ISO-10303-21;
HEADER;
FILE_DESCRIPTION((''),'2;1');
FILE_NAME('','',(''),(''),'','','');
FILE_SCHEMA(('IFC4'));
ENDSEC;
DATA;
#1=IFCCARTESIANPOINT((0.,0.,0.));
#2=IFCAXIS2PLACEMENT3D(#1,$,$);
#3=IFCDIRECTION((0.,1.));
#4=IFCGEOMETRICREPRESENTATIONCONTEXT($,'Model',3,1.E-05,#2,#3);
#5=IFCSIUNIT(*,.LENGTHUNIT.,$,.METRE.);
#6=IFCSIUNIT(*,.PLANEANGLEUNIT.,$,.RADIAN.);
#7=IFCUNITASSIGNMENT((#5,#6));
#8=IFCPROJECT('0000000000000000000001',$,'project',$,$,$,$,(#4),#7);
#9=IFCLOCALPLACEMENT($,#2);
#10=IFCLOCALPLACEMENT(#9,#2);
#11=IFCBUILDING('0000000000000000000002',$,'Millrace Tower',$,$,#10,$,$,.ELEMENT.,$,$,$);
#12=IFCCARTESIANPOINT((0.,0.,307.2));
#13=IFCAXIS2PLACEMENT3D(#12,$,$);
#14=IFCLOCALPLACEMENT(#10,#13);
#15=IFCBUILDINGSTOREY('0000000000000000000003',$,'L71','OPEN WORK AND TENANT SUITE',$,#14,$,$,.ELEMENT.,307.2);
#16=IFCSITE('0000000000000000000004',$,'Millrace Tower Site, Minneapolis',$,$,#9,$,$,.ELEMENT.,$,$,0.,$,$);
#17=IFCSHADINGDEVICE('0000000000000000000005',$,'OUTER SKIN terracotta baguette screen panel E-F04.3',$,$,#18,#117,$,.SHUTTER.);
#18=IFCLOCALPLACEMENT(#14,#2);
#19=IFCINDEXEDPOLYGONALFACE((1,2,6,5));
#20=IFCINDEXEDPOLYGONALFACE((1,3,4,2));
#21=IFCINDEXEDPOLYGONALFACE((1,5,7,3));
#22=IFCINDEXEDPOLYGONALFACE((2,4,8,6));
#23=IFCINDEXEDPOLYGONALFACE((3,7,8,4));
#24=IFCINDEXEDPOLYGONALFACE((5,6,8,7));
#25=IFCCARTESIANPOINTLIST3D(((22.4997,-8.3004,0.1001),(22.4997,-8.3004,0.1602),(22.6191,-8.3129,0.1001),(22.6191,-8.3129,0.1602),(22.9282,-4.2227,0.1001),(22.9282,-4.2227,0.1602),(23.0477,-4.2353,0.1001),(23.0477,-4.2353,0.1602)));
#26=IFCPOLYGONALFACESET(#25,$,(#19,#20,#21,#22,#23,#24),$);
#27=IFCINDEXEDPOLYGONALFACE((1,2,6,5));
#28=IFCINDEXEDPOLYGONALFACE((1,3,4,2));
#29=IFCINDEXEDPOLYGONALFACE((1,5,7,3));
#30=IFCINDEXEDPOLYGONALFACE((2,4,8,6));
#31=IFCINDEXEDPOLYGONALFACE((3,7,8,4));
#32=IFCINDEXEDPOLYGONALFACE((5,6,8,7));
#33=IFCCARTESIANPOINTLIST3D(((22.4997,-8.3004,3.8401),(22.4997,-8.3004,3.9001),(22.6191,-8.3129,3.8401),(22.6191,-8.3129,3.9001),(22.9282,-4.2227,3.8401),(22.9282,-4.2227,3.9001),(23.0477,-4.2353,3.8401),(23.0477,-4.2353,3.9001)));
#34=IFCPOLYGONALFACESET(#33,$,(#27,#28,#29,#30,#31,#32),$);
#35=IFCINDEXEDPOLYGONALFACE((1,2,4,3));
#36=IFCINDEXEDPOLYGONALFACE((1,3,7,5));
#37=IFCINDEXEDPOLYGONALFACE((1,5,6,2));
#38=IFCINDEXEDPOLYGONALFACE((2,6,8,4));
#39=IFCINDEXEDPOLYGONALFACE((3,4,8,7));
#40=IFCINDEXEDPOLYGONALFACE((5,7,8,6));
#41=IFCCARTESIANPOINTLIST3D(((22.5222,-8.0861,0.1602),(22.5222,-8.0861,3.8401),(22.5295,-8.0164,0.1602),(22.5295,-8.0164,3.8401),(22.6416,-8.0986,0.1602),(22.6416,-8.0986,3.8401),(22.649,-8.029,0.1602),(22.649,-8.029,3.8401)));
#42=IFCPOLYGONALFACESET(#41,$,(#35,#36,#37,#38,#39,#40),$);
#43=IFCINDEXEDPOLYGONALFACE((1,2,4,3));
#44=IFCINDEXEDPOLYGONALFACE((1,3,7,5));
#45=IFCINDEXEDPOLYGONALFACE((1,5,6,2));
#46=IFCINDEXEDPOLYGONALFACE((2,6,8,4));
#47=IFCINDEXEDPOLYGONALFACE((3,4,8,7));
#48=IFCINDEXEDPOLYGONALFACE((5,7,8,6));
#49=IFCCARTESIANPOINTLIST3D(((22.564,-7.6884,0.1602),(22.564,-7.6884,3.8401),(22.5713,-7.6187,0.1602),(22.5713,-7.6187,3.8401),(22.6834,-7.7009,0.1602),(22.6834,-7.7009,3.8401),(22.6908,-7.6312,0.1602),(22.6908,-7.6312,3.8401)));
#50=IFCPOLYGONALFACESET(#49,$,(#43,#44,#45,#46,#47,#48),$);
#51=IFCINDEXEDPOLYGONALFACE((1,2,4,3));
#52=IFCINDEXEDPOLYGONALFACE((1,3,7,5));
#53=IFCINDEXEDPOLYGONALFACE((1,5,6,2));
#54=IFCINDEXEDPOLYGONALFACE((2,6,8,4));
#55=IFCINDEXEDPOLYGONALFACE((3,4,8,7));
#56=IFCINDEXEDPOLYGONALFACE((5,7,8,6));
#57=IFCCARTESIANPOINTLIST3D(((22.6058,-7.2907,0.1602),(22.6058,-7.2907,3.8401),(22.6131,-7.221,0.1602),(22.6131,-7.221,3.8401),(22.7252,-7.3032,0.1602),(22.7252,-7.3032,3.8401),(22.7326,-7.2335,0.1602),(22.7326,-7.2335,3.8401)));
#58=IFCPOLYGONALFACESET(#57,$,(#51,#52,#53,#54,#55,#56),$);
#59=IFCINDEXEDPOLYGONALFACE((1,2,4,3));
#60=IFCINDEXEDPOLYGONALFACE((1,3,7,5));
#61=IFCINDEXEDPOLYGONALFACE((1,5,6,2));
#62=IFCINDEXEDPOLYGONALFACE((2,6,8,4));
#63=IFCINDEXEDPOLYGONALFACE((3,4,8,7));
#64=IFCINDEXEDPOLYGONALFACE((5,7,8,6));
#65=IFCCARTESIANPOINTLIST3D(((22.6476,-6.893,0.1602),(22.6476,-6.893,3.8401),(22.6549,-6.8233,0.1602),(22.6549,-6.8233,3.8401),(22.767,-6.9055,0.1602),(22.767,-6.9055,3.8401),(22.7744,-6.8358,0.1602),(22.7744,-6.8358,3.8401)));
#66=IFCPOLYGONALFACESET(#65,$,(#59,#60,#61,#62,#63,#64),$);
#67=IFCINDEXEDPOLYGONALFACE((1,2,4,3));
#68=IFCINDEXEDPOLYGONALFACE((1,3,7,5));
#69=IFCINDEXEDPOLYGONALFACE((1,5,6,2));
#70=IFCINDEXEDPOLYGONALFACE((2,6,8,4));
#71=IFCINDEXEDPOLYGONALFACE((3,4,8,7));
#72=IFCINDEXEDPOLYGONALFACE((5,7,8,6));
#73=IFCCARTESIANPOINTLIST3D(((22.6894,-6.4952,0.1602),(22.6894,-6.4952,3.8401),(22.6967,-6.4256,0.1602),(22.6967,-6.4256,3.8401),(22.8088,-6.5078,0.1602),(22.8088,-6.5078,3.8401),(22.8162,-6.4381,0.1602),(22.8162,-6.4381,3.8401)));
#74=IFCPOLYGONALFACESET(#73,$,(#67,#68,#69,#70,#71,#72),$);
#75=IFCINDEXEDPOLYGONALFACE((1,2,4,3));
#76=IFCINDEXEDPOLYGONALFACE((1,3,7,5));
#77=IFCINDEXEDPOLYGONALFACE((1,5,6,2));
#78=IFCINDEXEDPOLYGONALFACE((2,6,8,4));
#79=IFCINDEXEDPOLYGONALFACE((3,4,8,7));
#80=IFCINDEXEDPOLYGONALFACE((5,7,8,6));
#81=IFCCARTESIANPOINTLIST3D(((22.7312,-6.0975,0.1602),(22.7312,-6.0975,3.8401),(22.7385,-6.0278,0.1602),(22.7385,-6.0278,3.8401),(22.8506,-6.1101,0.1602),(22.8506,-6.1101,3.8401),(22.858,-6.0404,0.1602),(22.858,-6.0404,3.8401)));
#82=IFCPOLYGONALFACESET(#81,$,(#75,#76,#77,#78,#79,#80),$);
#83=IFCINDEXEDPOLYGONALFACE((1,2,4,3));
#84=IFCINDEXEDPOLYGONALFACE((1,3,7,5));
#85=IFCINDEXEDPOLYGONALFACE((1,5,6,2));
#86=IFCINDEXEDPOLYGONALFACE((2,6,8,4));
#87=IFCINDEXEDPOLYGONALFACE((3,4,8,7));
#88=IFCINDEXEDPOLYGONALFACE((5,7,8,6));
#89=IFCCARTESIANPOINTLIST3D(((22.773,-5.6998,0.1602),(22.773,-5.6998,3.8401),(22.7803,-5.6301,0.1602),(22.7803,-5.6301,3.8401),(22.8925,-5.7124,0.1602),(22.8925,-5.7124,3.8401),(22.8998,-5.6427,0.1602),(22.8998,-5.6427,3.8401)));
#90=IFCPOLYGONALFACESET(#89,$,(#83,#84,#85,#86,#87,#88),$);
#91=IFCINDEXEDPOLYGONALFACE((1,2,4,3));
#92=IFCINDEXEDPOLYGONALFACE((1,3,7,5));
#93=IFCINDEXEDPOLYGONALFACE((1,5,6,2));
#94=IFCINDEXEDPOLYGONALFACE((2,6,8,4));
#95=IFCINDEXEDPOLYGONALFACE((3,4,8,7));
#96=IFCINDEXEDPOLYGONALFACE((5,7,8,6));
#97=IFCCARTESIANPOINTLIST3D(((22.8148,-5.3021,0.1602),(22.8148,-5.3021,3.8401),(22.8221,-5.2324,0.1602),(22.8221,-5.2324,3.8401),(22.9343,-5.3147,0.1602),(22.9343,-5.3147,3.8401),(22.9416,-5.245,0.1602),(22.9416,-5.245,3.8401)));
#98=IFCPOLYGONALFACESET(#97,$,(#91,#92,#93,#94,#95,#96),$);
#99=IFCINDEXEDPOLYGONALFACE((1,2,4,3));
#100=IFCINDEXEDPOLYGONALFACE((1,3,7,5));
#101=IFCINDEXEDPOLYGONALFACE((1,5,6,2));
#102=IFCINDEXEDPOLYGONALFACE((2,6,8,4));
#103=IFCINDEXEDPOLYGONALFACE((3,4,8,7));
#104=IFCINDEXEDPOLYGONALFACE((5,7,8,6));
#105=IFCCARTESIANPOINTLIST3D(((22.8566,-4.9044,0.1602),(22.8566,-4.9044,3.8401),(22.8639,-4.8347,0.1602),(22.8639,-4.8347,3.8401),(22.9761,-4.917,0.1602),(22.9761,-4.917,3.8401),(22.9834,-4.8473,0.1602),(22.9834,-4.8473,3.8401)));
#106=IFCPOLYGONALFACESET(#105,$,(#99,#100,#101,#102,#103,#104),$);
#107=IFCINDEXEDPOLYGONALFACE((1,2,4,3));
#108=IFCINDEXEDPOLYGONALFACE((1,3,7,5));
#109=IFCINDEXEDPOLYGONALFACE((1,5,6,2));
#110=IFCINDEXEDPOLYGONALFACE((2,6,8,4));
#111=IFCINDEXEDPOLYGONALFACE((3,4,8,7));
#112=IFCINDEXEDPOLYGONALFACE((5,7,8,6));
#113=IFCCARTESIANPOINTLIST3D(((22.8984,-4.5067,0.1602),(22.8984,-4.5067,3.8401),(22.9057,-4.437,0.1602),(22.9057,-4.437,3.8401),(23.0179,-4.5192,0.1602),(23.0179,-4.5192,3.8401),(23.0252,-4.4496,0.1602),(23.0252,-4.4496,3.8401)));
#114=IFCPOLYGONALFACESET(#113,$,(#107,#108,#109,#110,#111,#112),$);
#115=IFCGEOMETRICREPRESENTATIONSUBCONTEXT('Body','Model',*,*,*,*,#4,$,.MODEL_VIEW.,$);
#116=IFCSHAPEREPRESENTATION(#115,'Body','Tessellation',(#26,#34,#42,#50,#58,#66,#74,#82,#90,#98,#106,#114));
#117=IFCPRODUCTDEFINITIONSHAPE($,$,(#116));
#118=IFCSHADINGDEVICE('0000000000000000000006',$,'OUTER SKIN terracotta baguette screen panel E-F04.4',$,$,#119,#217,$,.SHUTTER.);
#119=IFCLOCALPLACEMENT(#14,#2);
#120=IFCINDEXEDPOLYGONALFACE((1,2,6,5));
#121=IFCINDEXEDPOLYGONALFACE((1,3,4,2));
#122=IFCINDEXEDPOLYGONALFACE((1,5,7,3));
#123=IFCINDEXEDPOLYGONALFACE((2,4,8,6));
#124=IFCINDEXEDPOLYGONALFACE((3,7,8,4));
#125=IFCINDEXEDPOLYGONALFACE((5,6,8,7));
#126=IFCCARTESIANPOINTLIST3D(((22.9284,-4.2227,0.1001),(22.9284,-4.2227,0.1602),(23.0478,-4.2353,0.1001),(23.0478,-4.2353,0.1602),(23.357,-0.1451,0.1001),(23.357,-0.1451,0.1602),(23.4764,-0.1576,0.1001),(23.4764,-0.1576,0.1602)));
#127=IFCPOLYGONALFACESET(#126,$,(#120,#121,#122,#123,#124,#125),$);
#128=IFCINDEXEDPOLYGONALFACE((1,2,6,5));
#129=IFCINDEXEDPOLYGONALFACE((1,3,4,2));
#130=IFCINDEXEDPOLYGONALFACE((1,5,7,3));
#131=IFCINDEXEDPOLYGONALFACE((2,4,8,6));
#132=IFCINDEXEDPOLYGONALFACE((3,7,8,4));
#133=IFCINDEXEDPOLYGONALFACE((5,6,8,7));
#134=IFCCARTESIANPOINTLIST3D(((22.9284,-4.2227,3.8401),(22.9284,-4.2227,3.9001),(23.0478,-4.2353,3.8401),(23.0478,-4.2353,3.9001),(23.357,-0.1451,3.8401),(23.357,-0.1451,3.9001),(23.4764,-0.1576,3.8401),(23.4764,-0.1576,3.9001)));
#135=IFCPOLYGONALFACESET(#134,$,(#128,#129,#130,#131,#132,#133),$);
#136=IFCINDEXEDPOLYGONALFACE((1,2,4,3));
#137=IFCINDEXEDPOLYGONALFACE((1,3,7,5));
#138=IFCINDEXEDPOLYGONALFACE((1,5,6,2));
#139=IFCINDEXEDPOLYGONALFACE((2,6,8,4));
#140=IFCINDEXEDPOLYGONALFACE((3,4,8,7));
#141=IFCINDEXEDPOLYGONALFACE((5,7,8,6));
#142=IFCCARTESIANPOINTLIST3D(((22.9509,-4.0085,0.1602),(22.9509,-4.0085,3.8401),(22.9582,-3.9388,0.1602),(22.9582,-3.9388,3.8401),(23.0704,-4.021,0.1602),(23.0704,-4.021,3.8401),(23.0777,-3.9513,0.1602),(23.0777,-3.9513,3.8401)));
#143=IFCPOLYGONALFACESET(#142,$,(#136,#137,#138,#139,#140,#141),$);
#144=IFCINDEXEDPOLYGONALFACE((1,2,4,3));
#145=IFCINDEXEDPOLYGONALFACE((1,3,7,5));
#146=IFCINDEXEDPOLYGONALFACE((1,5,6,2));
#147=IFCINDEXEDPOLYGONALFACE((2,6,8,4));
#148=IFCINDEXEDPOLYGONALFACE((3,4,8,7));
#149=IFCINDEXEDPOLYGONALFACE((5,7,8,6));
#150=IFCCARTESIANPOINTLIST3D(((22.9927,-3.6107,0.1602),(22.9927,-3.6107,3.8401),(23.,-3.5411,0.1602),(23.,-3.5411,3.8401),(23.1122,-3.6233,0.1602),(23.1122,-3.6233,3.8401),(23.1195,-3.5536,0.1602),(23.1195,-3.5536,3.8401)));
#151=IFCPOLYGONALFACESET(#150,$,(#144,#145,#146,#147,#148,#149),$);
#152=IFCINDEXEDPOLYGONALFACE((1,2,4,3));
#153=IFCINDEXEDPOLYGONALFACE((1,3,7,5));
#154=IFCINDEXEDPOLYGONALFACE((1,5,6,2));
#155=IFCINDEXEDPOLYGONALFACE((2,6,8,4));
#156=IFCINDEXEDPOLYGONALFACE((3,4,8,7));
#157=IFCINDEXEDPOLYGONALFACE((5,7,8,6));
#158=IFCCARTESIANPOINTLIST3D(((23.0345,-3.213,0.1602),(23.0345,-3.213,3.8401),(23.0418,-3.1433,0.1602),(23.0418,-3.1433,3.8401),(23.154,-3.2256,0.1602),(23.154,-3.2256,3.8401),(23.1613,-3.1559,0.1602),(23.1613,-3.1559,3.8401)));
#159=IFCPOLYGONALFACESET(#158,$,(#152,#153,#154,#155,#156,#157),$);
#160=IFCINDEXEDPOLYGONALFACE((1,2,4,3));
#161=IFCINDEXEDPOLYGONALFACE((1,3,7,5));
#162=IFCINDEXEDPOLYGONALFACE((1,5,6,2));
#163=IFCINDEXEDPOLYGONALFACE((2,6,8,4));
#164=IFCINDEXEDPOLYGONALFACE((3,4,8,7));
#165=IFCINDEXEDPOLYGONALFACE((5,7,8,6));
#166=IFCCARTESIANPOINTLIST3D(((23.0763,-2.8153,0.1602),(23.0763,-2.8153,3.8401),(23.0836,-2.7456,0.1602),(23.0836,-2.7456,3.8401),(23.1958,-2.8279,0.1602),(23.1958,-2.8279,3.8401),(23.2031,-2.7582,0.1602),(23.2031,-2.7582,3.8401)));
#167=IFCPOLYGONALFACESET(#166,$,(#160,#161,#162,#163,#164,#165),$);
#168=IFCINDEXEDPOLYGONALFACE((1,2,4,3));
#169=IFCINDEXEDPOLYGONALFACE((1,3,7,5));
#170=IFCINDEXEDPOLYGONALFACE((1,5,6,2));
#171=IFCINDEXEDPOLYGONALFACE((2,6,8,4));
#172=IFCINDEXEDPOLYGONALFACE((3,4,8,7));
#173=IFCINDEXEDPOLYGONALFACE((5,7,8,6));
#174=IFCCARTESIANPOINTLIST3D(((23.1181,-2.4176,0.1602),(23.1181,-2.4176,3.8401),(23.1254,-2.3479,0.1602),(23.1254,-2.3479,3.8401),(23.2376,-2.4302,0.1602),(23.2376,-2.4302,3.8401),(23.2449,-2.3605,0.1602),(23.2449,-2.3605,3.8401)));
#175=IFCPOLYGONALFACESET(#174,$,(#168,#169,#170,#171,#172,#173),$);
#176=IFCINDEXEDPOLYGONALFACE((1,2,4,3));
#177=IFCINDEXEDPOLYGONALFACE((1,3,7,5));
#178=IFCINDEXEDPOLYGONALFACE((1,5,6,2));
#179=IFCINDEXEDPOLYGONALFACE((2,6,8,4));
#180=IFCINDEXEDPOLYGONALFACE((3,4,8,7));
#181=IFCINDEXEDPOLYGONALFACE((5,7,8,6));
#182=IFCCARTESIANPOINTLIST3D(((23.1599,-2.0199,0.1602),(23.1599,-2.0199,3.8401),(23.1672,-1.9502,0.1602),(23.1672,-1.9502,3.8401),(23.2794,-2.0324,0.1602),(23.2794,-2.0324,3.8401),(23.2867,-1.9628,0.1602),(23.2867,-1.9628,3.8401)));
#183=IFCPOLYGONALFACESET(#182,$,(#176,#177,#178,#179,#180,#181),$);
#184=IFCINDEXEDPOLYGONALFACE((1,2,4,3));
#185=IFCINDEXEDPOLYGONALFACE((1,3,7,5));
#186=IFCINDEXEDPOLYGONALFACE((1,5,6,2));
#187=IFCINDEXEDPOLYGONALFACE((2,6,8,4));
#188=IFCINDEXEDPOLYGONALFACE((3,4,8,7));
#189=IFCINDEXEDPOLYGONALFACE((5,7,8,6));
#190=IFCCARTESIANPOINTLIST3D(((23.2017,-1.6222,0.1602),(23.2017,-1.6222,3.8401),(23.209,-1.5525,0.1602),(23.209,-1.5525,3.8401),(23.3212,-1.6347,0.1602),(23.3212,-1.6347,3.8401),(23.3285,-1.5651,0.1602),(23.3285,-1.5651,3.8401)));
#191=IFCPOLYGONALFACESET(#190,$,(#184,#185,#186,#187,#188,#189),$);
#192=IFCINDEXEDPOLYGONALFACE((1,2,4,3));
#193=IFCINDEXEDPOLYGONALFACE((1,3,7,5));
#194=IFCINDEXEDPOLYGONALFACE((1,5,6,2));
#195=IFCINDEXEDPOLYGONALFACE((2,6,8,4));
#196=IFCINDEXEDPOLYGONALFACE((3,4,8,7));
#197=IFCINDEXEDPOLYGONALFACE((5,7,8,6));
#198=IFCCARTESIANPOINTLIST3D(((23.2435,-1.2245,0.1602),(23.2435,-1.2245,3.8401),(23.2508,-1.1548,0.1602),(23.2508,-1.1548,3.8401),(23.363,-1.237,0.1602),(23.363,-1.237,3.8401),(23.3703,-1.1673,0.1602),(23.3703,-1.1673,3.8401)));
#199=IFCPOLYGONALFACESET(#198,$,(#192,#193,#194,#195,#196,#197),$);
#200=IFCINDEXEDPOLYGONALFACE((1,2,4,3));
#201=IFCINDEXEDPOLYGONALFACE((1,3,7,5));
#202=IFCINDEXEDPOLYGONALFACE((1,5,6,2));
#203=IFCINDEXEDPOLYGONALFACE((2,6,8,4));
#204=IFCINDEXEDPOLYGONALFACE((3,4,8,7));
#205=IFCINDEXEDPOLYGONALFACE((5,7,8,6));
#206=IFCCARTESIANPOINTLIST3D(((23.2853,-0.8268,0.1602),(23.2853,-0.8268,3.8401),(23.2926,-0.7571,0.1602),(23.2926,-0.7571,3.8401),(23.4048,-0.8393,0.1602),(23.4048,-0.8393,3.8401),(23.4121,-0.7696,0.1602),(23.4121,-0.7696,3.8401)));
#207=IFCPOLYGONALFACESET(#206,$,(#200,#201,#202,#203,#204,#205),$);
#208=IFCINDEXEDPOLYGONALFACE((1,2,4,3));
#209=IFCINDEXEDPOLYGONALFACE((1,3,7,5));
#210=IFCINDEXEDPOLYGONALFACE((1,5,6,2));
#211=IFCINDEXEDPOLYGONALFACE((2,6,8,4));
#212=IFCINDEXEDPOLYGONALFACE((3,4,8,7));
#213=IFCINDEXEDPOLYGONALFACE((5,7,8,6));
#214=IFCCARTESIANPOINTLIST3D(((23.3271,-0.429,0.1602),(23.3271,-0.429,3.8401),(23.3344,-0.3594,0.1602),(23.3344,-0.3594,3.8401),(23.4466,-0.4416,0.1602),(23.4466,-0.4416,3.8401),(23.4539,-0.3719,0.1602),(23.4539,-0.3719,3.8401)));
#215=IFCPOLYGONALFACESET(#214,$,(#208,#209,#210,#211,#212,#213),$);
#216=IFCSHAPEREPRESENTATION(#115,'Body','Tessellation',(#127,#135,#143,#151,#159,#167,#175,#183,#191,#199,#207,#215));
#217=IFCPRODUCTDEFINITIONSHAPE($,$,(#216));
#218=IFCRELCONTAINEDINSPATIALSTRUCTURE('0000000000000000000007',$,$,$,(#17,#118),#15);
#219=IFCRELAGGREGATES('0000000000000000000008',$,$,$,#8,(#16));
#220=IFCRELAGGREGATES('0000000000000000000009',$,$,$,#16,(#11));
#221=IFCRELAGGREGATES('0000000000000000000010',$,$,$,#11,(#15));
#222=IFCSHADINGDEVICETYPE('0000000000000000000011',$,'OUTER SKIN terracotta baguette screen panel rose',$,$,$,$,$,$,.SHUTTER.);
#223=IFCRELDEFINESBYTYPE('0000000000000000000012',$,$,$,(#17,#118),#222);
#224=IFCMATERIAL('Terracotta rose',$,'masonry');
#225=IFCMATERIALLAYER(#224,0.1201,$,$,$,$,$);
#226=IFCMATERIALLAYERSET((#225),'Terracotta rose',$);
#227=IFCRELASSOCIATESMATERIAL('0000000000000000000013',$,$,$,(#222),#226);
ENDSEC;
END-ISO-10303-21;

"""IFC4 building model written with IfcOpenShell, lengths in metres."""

from ifc_helpers import new_model, entity, si_unit, direction, frame, frame_2d, origin, place, context, subcontext, project, spatial, rectangle, extrude, source, transform, mapped, material, layer, layer_set, type_object, element, save


model = new_model("IFC4")

# Units and contexts
model_context = context("Model", 3, precision=1e-05, world=origin(), true_north=direction((0.0, 1.0)))
body_context = subcontext(model_context, "Body", "Model", "MODEL_VIEW")
ifc_project = project(units=[si_unit("LENGTHUNIT", "METRE"), si_unit("PLANEANGLEUNIT", "RADIAN")], contexts=[model_context])

# Site, building, storey
site_placement = place(None, origin())
site = spatial("IfcSite", under=ifc_project, at=site_placement, Name="Millrace Tower Site, Minneapolis", CompositionType="ELEMENT", RefElevation=0.0)
building_placement = place(site_placement, origin())
building = spatial("IfcBuilding", under=site, at=building_placement, Name="Millrace Tower", CompositionType="ELEMENT")
storey_placement = place(building_placement, frame((0.0, 0.0, 307.2)))
storey = spatial("IfcBuildingStorey", under=building, at=storey_placement, Name="L71", Description="OPEN WORK AND TENANT SUITE", CompositionType="ELEMENT", Elevation=307.2)

# Shading devices
ifc_material_1 = material(Name="Terracotta rose", Category="masonry")
ifc_layer_1 = layer(ifc_material_1, 0.1201)
ifc_layer_set_1 = layer_set([ifc_layer_1], Name="Terracotta rose")
shading_device_type = type_object("IfcShadingDeviceType", Name="OUTER SKIN terracotta baguette screen panel rose", PredefinedType="SHUTTER", material=ifc_layer_set_1)
cartesian_point = entity("IfcCartesianPoint", [-2.05, 0.0601])
shared_polyline = entity("IfcPolyline", [cartesian_point, entity("IfcCartesianPoint", [2.05, 0.0601]), entity("IfcCartesianPoint", [2.05, -0.0601]), entity("IfcCartesianPoint", [-2.05, -0.0601]), cartesian_point])
shared_shape = source(origin(), body_context, "Body", "SweptSolid", [
    entity("IfcExtrudedAreaSolid", entity("IfcArbitraryClosedProfileDef", "AREA", None, shared_polyline), entity("IfcAxis2Placement3D", entity("IfcCartesianPoint", [0.0, 0.0, 0.0])), entity("IfcDirection", [0.0, 0.0, 1.0]), 0.0601),
    entity("IfcExtrudedAreaSolid", entity("IfcArbitraryClosedProfileDef", "AREA", None, shared_polyline), entity("IfcAxis2Placement3D", entity("IfcCartesianPoint", [0.0, 0.0, 3.74])), entity("IfcDirection", [0.0, 0.0, 1.0]), 0.0601),
    extrude(rectangle(XDim=0.0701, YDim=0.1201, at=frame_2d((-1.7996, 0.0))), frame((0.0, 0.0, 0.0601)), (0.0, 0.0, 1.0), 3.6799),
    extrude(rectangle(XDim=0.0701, YDim=0.1201, at=frame_2d((-1.3997, 0.0))), frame((0.0, 0.0, 0.0601)), (0.0, 0.0, 1.0), 3.6799),
    extrude(rectangle(XDim=0.0701, YDim=0.1201, at=frame_2d((-0.9998, 0.0))), frame((0.0, 0.0, 0.0601)), (0.0, 0.0, 1.0), 3.6799),
    extrude(rectangle(XDim=0.0701, YDim=0.1201, at=frame_2d((-0.5999, 0.0))), frame((0.0, 0.0, 0.0601)), (0.0, 0.0, 1.0), 3.6799),
    extrude(rectangle(XDim=0.0701, YDim=0.1201, at=frame_2d((-0.2, 0.0))), frame((0.0, 0.0, 0.0601)), (0.0, 0.0, 1.0), 3.6799),
    extrude(rectangle(XDim=0.0701, YDim=0.1201, at=frame_2d((0.2, 0.0))), frame((0.0, 0.0, 0.0601)), (0.0, 0.0, 1.0), 3.6799),
    extrude(rectangle(XDim=0.0701, YDim=0.1201, at=frame_2d((0.5999, 0.0))), frame((0.0, 0.0, 0.0601)), (0.0, 0.0, 1.0), 3.6799),
    extrude(rectangle(XDim=0.0701, YDim=0.1201, at=frame_2d((0.9998, 0.0))), frame((0.0, 0.0, 0.0601)), (0.0, 0.0, 1.0), 3.6799),
    extrude(rectangle(XDim=0.0701, YDim=0.1201, at=frame_2d((1.3997, 0.0))), frame((0.0, 0.0, 0.0601)), (0.0, 0.0, 1.0), 3.6799),
    extrude(rectangle(XDim=0.0701, YDim=0.1201, at=frame_2d((1.7996, 0.0))), frame((0.0, 0.0, 0.0601)), (0.0, 0.0, 1.0), 3.6799),
])
for number, where, z_axis, x_axis, name in (
    (1, (22.7737, -6.2678, 0.1001), (0.0, 0.0, 1.0), (0.104528, 0.994522, 0.0), "OUTER SKIN terracotta baguette screen panel E-F04.3"),
    (2, (23.2024, -2.1902, 0.1001), (0.0, 0.0, 1.0), (0.104528, 0.994522, 0.0), "OUTER SKIN terracotta baguette screen panel E-F04.4"),
):
    element("IfcShadingDevice", number, at=place(storey_placement, frame(where, z_axis=z_axis, x_axis=x_axis)), inside=storey, type_object=shading_device_type, Name=name, PredefinedType="SHUTTER", context=body_context, shape_type="MappedRepresentation", body=[
        mapped(shared_shape, transform((0.0, 0.0, 0.0), scale=1.0)),
    ])

save(model, "model.ifc")
